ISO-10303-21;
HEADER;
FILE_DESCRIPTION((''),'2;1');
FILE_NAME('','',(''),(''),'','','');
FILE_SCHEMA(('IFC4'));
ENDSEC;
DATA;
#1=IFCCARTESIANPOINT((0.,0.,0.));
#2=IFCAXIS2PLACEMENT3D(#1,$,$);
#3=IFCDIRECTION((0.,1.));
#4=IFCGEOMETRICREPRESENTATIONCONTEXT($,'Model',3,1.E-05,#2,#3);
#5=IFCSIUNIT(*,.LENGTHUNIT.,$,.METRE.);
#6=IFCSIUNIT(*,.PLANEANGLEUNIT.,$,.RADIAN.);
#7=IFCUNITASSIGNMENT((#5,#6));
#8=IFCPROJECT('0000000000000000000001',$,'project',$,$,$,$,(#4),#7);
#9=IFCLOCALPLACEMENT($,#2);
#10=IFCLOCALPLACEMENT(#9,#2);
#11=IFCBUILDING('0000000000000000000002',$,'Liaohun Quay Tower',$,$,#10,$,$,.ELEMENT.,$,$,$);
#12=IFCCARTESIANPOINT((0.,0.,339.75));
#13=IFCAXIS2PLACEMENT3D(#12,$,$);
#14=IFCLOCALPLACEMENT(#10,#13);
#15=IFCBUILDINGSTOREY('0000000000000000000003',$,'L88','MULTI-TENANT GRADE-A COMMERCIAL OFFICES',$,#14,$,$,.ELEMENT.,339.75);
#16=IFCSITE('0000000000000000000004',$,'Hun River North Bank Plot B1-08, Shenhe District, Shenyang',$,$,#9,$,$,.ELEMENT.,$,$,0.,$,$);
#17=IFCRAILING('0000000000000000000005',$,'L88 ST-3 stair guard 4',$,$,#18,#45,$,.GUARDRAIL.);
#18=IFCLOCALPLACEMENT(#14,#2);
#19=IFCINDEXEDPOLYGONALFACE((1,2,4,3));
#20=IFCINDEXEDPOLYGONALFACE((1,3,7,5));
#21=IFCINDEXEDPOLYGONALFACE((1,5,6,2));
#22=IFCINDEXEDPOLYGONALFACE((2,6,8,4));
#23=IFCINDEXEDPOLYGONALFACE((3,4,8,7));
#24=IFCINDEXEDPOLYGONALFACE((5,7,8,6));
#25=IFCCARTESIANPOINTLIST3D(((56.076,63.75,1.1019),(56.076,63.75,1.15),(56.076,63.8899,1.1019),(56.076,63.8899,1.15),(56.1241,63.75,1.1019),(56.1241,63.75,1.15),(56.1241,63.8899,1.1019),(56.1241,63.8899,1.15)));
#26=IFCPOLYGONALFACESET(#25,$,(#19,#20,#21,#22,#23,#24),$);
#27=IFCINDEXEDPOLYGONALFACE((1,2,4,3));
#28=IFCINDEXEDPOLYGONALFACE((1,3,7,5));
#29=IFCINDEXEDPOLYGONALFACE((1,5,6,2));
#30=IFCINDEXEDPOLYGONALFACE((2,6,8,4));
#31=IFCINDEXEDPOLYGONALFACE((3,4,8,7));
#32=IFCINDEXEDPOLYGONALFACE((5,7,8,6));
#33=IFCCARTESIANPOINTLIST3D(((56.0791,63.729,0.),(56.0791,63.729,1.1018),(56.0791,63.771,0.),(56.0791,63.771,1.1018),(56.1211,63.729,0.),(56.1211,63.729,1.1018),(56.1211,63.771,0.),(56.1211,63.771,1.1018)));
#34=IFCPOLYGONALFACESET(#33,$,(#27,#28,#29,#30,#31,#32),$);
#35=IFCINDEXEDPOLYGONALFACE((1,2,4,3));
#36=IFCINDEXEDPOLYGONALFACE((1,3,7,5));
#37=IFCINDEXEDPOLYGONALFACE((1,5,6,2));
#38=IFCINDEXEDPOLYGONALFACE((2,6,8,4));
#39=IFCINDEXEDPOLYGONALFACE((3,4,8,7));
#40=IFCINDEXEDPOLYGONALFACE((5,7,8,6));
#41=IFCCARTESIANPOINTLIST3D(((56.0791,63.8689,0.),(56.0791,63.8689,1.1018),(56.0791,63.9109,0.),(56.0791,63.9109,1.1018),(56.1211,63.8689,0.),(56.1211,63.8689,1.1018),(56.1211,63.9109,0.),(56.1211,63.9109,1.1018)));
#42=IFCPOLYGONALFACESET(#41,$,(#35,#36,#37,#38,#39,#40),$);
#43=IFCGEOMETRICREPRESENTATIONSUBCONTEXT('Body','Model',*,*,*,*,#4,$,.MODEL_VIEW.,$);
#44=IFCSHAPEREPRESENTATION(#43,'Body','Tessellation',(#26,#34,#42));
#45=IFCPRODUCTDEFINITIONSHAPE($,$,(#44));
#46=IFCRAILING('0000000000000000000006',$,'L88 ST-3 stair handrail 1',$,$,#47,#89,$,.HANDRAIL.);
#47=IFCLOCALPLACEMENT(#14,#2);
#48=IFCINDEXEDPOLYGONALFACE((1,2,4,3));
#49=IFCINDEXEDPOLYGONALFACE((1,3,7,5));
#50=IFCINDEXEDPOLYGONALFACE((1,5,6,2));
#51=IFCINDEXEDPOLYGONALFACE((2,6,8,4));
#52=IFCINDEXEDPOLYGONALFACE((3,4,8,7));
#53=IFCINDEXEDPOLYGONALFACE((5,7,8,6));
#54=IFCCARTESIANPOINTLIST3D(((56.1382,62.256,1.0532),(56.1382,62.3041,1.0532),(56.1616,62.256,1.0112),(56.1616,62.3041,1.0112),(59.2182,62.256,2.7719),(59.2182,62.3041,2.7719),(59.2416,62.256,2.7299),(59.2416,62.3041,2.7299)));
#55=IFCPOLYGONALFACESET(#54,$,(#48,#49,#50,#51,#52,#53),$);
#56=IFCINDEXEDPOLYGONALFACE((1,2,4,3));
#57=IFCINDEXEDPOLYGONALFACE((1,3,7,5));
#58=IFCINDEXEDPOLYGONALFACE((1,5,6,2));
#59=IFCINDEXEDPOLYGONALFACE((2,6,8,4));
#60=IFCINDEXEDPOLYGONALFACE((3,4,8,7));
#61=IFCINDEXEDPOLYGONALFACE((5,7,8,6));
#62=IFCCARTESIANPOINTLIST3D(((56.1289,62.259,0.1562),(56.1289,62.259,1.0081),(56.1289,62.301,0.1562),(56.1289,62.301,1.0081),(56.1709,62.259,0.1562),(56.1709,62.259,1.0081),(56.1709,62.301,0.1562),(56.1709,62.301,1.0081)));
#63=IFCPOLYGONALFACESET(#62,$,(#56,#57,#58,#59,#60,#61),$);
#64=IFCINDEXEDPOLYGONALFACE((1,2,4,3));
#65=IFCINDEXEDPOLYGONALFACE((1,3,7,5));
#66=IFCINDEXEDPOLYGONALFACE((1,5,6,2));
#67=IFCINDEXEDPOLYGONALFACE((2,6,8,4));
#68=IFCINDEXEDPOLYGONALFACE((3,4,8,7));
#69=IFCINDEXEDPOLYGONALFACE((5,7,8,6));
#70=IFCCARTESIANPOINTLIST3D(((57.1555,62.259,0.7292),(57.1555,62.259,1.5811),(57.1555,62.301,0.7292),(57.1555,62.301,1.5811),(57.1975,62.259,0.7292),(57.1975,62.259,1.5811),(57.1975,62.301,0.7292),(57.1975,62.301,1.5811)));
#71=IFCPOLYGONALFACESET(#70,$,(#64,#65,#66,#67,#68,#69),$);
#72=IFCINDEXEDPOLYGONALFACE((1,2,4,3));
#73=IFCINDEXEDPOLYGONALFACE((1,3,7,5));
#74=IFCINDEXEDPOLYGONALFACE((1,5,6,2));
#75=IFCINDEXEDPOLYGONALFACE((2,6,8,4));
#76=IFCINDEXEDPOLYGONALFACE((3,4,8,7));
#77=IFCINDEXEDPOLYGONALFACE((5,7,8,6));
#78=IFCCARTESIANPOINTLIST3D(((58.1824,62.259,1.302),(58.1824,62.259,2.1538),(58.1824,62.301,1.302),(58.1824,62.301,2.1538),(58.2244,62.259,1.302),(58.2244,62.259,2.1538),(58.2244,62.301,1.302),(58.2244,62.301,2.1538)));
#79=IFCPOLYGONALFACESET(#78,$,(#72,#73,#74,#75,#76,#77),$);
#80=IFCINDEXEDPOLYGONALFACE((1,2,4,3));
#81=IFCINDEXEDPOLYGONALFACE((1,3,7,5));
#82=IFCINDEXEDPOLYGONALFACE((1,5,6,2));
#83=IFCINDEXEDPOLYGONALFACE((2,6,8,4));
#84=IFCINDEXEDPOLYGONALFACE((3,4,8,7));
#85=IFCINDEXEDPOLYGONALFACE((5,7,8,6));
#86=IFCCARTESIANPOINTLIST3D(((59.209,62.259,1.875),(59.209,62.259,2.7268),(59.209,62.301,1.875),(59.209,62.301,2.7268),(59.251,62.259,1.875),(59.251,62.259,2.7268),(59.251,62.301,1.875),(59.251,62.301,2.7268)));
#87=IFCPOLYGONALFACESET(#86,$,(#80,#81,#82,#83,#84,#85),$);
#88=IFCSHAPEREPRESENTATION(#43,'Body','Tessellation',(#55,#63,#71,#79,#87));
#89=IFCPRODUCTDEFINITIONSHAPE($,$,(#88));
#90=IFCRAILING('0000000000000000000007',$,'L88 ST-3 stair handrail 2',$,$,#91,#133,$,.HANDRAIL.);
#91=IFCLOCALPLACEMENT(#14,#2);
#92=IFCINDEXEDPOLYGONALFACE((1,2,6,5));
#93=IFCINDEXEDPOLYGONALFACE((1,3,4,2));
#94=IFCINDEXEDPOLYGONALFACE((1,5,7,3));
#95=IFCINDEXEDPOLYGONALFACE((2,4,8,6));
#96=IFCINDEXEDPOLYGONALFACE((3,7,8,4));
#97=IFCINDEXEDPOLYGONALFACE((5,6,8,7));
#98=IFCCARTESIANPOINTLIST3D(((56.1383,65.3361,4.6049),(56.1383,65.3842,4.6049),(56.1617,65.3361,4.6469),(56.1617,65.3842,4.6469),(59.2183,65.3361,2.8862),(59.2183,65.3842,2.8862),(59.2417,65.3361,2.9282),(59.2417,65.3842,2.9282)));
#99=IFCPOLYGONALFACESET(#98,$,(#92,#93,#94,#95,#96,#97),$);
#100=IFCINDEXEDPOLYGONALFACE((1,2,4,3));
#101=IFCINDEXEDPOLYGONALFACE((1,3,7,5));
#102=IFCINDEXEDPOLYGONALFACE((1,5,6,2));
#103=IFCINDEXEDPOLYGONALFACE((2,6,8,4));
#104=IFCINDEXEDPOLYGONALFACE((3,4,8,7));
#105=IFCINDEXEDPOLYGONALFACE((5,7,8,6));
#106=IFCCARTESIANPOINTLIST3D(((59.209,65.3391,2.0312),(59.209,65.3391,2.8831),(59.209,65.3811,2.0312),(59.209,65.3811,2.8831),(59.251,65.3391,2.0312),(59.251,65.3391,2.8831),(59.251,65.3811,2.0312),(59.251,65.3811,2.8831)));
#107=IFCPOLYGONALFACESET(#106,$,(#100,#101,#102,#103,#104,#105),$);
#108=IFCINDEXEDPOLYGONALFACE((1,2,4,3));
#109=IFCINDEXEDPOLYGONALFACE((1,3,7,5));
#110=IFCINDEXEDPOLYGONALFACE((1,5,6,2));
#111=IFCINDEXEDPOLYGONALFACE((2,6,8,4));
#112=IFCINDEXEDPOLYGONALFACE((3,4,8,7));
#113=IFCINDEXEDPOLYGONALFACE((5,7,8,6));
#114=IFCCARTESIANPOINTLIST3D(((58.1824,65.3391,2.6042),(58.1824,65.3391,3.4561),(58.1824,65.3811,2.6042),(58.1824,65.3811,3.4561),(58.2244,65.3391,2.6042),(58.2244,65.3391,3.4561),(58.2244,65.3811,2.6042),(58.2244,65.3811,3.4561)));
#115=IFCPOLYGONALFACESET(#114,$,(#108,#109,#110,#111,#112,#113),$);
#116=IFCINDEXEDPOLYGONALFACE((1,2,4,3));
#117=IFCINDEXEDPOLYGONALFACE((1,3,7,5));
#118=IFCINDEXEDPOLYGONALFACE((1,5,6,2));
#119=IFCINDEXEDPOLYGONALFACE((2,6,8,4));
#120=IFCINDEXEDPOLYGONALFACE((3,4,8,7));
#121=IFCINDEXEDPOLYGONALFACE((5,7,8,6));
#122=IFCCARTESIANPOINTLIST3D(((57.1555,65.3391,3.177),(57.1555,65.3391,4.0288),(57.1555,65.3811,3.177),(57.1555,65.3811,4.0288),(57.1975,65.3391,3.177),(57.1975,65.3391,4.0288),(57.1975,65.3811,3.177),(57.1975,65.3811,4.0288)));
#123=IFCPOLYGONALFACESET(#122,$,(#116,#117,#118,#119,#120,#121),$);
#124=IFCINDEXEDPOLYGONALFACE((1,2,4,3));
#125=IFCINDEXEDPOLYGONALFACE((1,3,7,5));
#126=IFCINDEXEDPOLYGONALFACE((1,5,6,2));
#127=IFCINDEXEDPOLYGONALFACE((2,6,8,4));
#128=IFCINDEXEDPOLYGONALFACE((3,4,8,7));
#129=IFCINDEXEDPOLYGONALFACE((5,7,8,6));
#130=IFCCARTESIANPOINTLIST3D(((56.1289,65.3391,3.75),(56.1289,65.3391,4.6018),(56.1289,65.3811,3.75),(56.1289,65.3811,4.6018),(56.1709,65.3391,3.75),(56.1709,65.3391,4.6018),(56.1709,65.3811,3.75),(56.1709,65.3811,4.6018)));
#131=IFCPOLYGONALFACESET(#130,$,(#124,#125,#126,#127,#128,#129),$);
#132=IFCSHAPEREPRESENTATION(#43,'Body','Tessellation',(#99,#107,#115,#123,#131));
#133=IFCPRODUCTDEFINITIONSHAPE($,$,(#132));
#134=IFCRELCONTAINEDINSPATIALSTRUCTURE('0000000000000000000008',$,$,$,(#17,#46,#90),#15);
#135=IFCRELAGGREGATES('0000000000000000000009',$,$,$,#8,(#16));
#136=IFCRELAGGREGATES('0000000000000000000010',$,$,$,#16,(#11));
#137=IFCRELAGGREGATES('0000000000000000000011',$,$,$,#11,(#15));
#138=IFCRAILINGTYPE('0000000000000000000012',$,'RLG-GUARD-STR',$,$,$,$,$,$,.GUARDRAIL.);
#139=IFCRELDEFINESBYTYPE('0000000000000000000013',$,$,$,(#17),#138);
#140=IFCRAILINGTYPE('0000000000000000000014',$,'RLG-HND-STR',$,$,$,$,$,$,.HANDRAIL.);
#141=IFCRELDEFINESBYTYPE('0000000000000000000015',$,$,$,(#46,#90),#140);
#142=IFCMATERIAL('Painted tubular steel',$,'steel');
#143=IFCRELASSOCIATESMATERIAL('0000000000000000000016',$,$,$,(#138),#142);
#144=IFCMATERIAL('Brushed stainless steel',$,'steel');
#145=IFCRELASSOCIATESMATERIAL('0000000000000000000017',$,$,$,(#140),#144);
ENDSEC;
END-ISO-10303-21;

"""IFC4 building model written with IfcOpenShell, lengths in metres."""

from ifc_helpers import new_model, si_unit, direction, frame, origin, origin_2d, place, context, subcontext, project, spatial, rectangle, extrude, material, type_object, element, save


model = new_model("IFC4")

# Units and contexts
model_context = context("Model", 3, precision=1e-05, world=origin(), true_north=direction((0.0, 1.0)))
body_context = subcontext(model_context, "Body", "Model", "MODEL_VIEW")
ifc_project = project(units=[si_unit("LENGTHUNIT", "METRE"), si_unit("PLANEANGLEUNIT", "RADIAN")], contexts=[model_context])

# Site, building, storey
site_placement = place(None, origin())
site = spatial("IfcSite", under=ifc_project, at=site_placement, Name="Hun River North Bank Plot B1-08, Shenhe District, Shenyang", CompositionType="ELEMENT", RefElevation=0.0)
building_placement = place(site_placement, origin())
building = spatial("IfcBuilding", under=site, at=building_placement, Name="Liaohun Quay Tower", CompositionType="ELEMENT")
storey_placement = place(building_placement, frame((0.0, 0.0, 339.75)))
storey = spatial("IfcBuildingStorey", under=building, at=storey_placement, Name="L88", Description="MULTI-TENANT GRADE-A COMMERCIAL OFFICES", CompositionType="ELEMENT", Elevation=339.75)

# Railings
ifc_material_1 = material(Name="Painted tubular steel", Category="steel")
railing_type_1 = type_object("IfcRailingType", Name="RLG-GUARD-STR", PredefinedType="GUARDRAIL", material=ifc_material_1)
railing_1_placement = place(storey_placement, frame((56.1001, 63.75, 0.0)))
element("IfcRailing", 1, at=railing_1_placement, inside=storey, type_object=railing_type_1, Name="L88 ST-3 stair guard 4", PredefinedType="GUARDRAIL", context=body_context, shape_type="SweptSolid", body=[
    extrude(rectangle(XDim=0.0481, YDim=0.0481, at=origin_2d()), frame((0.0, 0.0, 1.126), z_axis=(0.0, 1.0, 0.0), x_axis=(-1.0, 0.0, 0.0)), (0.0, 0.0, 1.0), 0.1399),
    extrude(rectangle(XDim=0.042, YDim=0.042, at=origin_2d()), origin(), (0.0, 0.0, 1.0), 1.1018),
    extrude(rectangle(XDim=0.042, YDim=0.042, at=origin_2d()), frame((0.0, 0.1399, 0.0)), (0.0, 0.0, 1.0), 1.1018),
])
ifc_material_2 = material(Name="Brushed stainless steel", Category="steel")
railing_type_2 = type_object("IfcRailingType", Name="RLG-HND-STR", PredefinedType="HANDRAIL", material=ifc_material_2)
railing_2_placement = place(storey_placement, frame((56.1499, 62.28, 0.1562)))
element("IfcRailing", 2, at=railing_2_placement, inside=storey, type_object=railing_type_2, Name="L88 ST-3 stair handrail 1", PredefinedType="HANDRAIL", context=body_context, shape_type="SweptSolid", body=[
    extrude(rectangle(XDim=0.0481, YDim=0.0481, at=origin_2d()), frame((0.0, 0.0, 0.876), z_axis=(0.873242, 0.0, 0.487288), x_axis=(0.0, 1.0, 0.0)), (0.0, 0.0, 1.0), 3.5271),
    extrude(rectangle(XDim=0.042, YDim=0.042, at=origin_2d()), origin(), (0.0, 0.0, 1.0), 0.8518),
    extrude(rectangle(XDim=0.042, YDim=0.042, at=origin_2d()), frame((1.0266, 0.0, 0.573)), (0.0, 0.0, 1.0), 0.8518),
    extrude(rectangle(XDim=0.042, YDim=0.042, at=origin_2d()), frame((2.0535, 0.0, 1.1458)), (0.0, 0.0, 1.0), 0.8518),
    extrude(rectangle(XDim=0.042, YDim=0.042, at=origin_2d()), frame((3.0801, 0.0, 1.7188)), (0.0, 0.0, 1.0), 0.8518),
])
railing_3_placement = place(storey_placement, frame((59.23, 65.3601, 2.0312)))
element("IfcRailing", 3, at=railing_3_placement, inside=storey, type_object=railing_type_2, Name="L88 ST-3 stair handrail 2", PredefinedType="HANDRAIL", context=body_context, shape_type="SweptSolid", body=[
    extrude(rectangle(XDim=0.0481, YDim=0.0481, at=origin_2d()), frame((0.0, 0.0, 0.876), z_axis=(-0.873242, 0.0, 0.487288), x_axis=(0.0, -1.0, 0.0)), (0.0, 0.0, 1.0), 3.5271),
    extrude(rectangle(XDim=0.042, YDim=0.042, at=origin_2d()), origin(), (0.0, 0.0, 1.0), 0.8518),
    extrude(rectangle(XDim=0.042, YDim=0.042, at=origin_2d()), frame((-1.0266, 0.0, 0.573)), (0.0, 0.0, 1.0), 0.8518),
    extrude(rectangle(XDim=0.042, YDim=0.042, at=origin_2d()), frame((-2.0535, 0.0, 1.1458)), (0.0, 0.0, 1.0), 0.8518),
    extrude(rectangle(XDim=0.042, YDim=0.042, at=origin_2d()), frame((-3.0801, 0.0, 1.7188)), (0.0, 0.0, 1.0), 0.8518),
])

save(model, "model.ifc")
